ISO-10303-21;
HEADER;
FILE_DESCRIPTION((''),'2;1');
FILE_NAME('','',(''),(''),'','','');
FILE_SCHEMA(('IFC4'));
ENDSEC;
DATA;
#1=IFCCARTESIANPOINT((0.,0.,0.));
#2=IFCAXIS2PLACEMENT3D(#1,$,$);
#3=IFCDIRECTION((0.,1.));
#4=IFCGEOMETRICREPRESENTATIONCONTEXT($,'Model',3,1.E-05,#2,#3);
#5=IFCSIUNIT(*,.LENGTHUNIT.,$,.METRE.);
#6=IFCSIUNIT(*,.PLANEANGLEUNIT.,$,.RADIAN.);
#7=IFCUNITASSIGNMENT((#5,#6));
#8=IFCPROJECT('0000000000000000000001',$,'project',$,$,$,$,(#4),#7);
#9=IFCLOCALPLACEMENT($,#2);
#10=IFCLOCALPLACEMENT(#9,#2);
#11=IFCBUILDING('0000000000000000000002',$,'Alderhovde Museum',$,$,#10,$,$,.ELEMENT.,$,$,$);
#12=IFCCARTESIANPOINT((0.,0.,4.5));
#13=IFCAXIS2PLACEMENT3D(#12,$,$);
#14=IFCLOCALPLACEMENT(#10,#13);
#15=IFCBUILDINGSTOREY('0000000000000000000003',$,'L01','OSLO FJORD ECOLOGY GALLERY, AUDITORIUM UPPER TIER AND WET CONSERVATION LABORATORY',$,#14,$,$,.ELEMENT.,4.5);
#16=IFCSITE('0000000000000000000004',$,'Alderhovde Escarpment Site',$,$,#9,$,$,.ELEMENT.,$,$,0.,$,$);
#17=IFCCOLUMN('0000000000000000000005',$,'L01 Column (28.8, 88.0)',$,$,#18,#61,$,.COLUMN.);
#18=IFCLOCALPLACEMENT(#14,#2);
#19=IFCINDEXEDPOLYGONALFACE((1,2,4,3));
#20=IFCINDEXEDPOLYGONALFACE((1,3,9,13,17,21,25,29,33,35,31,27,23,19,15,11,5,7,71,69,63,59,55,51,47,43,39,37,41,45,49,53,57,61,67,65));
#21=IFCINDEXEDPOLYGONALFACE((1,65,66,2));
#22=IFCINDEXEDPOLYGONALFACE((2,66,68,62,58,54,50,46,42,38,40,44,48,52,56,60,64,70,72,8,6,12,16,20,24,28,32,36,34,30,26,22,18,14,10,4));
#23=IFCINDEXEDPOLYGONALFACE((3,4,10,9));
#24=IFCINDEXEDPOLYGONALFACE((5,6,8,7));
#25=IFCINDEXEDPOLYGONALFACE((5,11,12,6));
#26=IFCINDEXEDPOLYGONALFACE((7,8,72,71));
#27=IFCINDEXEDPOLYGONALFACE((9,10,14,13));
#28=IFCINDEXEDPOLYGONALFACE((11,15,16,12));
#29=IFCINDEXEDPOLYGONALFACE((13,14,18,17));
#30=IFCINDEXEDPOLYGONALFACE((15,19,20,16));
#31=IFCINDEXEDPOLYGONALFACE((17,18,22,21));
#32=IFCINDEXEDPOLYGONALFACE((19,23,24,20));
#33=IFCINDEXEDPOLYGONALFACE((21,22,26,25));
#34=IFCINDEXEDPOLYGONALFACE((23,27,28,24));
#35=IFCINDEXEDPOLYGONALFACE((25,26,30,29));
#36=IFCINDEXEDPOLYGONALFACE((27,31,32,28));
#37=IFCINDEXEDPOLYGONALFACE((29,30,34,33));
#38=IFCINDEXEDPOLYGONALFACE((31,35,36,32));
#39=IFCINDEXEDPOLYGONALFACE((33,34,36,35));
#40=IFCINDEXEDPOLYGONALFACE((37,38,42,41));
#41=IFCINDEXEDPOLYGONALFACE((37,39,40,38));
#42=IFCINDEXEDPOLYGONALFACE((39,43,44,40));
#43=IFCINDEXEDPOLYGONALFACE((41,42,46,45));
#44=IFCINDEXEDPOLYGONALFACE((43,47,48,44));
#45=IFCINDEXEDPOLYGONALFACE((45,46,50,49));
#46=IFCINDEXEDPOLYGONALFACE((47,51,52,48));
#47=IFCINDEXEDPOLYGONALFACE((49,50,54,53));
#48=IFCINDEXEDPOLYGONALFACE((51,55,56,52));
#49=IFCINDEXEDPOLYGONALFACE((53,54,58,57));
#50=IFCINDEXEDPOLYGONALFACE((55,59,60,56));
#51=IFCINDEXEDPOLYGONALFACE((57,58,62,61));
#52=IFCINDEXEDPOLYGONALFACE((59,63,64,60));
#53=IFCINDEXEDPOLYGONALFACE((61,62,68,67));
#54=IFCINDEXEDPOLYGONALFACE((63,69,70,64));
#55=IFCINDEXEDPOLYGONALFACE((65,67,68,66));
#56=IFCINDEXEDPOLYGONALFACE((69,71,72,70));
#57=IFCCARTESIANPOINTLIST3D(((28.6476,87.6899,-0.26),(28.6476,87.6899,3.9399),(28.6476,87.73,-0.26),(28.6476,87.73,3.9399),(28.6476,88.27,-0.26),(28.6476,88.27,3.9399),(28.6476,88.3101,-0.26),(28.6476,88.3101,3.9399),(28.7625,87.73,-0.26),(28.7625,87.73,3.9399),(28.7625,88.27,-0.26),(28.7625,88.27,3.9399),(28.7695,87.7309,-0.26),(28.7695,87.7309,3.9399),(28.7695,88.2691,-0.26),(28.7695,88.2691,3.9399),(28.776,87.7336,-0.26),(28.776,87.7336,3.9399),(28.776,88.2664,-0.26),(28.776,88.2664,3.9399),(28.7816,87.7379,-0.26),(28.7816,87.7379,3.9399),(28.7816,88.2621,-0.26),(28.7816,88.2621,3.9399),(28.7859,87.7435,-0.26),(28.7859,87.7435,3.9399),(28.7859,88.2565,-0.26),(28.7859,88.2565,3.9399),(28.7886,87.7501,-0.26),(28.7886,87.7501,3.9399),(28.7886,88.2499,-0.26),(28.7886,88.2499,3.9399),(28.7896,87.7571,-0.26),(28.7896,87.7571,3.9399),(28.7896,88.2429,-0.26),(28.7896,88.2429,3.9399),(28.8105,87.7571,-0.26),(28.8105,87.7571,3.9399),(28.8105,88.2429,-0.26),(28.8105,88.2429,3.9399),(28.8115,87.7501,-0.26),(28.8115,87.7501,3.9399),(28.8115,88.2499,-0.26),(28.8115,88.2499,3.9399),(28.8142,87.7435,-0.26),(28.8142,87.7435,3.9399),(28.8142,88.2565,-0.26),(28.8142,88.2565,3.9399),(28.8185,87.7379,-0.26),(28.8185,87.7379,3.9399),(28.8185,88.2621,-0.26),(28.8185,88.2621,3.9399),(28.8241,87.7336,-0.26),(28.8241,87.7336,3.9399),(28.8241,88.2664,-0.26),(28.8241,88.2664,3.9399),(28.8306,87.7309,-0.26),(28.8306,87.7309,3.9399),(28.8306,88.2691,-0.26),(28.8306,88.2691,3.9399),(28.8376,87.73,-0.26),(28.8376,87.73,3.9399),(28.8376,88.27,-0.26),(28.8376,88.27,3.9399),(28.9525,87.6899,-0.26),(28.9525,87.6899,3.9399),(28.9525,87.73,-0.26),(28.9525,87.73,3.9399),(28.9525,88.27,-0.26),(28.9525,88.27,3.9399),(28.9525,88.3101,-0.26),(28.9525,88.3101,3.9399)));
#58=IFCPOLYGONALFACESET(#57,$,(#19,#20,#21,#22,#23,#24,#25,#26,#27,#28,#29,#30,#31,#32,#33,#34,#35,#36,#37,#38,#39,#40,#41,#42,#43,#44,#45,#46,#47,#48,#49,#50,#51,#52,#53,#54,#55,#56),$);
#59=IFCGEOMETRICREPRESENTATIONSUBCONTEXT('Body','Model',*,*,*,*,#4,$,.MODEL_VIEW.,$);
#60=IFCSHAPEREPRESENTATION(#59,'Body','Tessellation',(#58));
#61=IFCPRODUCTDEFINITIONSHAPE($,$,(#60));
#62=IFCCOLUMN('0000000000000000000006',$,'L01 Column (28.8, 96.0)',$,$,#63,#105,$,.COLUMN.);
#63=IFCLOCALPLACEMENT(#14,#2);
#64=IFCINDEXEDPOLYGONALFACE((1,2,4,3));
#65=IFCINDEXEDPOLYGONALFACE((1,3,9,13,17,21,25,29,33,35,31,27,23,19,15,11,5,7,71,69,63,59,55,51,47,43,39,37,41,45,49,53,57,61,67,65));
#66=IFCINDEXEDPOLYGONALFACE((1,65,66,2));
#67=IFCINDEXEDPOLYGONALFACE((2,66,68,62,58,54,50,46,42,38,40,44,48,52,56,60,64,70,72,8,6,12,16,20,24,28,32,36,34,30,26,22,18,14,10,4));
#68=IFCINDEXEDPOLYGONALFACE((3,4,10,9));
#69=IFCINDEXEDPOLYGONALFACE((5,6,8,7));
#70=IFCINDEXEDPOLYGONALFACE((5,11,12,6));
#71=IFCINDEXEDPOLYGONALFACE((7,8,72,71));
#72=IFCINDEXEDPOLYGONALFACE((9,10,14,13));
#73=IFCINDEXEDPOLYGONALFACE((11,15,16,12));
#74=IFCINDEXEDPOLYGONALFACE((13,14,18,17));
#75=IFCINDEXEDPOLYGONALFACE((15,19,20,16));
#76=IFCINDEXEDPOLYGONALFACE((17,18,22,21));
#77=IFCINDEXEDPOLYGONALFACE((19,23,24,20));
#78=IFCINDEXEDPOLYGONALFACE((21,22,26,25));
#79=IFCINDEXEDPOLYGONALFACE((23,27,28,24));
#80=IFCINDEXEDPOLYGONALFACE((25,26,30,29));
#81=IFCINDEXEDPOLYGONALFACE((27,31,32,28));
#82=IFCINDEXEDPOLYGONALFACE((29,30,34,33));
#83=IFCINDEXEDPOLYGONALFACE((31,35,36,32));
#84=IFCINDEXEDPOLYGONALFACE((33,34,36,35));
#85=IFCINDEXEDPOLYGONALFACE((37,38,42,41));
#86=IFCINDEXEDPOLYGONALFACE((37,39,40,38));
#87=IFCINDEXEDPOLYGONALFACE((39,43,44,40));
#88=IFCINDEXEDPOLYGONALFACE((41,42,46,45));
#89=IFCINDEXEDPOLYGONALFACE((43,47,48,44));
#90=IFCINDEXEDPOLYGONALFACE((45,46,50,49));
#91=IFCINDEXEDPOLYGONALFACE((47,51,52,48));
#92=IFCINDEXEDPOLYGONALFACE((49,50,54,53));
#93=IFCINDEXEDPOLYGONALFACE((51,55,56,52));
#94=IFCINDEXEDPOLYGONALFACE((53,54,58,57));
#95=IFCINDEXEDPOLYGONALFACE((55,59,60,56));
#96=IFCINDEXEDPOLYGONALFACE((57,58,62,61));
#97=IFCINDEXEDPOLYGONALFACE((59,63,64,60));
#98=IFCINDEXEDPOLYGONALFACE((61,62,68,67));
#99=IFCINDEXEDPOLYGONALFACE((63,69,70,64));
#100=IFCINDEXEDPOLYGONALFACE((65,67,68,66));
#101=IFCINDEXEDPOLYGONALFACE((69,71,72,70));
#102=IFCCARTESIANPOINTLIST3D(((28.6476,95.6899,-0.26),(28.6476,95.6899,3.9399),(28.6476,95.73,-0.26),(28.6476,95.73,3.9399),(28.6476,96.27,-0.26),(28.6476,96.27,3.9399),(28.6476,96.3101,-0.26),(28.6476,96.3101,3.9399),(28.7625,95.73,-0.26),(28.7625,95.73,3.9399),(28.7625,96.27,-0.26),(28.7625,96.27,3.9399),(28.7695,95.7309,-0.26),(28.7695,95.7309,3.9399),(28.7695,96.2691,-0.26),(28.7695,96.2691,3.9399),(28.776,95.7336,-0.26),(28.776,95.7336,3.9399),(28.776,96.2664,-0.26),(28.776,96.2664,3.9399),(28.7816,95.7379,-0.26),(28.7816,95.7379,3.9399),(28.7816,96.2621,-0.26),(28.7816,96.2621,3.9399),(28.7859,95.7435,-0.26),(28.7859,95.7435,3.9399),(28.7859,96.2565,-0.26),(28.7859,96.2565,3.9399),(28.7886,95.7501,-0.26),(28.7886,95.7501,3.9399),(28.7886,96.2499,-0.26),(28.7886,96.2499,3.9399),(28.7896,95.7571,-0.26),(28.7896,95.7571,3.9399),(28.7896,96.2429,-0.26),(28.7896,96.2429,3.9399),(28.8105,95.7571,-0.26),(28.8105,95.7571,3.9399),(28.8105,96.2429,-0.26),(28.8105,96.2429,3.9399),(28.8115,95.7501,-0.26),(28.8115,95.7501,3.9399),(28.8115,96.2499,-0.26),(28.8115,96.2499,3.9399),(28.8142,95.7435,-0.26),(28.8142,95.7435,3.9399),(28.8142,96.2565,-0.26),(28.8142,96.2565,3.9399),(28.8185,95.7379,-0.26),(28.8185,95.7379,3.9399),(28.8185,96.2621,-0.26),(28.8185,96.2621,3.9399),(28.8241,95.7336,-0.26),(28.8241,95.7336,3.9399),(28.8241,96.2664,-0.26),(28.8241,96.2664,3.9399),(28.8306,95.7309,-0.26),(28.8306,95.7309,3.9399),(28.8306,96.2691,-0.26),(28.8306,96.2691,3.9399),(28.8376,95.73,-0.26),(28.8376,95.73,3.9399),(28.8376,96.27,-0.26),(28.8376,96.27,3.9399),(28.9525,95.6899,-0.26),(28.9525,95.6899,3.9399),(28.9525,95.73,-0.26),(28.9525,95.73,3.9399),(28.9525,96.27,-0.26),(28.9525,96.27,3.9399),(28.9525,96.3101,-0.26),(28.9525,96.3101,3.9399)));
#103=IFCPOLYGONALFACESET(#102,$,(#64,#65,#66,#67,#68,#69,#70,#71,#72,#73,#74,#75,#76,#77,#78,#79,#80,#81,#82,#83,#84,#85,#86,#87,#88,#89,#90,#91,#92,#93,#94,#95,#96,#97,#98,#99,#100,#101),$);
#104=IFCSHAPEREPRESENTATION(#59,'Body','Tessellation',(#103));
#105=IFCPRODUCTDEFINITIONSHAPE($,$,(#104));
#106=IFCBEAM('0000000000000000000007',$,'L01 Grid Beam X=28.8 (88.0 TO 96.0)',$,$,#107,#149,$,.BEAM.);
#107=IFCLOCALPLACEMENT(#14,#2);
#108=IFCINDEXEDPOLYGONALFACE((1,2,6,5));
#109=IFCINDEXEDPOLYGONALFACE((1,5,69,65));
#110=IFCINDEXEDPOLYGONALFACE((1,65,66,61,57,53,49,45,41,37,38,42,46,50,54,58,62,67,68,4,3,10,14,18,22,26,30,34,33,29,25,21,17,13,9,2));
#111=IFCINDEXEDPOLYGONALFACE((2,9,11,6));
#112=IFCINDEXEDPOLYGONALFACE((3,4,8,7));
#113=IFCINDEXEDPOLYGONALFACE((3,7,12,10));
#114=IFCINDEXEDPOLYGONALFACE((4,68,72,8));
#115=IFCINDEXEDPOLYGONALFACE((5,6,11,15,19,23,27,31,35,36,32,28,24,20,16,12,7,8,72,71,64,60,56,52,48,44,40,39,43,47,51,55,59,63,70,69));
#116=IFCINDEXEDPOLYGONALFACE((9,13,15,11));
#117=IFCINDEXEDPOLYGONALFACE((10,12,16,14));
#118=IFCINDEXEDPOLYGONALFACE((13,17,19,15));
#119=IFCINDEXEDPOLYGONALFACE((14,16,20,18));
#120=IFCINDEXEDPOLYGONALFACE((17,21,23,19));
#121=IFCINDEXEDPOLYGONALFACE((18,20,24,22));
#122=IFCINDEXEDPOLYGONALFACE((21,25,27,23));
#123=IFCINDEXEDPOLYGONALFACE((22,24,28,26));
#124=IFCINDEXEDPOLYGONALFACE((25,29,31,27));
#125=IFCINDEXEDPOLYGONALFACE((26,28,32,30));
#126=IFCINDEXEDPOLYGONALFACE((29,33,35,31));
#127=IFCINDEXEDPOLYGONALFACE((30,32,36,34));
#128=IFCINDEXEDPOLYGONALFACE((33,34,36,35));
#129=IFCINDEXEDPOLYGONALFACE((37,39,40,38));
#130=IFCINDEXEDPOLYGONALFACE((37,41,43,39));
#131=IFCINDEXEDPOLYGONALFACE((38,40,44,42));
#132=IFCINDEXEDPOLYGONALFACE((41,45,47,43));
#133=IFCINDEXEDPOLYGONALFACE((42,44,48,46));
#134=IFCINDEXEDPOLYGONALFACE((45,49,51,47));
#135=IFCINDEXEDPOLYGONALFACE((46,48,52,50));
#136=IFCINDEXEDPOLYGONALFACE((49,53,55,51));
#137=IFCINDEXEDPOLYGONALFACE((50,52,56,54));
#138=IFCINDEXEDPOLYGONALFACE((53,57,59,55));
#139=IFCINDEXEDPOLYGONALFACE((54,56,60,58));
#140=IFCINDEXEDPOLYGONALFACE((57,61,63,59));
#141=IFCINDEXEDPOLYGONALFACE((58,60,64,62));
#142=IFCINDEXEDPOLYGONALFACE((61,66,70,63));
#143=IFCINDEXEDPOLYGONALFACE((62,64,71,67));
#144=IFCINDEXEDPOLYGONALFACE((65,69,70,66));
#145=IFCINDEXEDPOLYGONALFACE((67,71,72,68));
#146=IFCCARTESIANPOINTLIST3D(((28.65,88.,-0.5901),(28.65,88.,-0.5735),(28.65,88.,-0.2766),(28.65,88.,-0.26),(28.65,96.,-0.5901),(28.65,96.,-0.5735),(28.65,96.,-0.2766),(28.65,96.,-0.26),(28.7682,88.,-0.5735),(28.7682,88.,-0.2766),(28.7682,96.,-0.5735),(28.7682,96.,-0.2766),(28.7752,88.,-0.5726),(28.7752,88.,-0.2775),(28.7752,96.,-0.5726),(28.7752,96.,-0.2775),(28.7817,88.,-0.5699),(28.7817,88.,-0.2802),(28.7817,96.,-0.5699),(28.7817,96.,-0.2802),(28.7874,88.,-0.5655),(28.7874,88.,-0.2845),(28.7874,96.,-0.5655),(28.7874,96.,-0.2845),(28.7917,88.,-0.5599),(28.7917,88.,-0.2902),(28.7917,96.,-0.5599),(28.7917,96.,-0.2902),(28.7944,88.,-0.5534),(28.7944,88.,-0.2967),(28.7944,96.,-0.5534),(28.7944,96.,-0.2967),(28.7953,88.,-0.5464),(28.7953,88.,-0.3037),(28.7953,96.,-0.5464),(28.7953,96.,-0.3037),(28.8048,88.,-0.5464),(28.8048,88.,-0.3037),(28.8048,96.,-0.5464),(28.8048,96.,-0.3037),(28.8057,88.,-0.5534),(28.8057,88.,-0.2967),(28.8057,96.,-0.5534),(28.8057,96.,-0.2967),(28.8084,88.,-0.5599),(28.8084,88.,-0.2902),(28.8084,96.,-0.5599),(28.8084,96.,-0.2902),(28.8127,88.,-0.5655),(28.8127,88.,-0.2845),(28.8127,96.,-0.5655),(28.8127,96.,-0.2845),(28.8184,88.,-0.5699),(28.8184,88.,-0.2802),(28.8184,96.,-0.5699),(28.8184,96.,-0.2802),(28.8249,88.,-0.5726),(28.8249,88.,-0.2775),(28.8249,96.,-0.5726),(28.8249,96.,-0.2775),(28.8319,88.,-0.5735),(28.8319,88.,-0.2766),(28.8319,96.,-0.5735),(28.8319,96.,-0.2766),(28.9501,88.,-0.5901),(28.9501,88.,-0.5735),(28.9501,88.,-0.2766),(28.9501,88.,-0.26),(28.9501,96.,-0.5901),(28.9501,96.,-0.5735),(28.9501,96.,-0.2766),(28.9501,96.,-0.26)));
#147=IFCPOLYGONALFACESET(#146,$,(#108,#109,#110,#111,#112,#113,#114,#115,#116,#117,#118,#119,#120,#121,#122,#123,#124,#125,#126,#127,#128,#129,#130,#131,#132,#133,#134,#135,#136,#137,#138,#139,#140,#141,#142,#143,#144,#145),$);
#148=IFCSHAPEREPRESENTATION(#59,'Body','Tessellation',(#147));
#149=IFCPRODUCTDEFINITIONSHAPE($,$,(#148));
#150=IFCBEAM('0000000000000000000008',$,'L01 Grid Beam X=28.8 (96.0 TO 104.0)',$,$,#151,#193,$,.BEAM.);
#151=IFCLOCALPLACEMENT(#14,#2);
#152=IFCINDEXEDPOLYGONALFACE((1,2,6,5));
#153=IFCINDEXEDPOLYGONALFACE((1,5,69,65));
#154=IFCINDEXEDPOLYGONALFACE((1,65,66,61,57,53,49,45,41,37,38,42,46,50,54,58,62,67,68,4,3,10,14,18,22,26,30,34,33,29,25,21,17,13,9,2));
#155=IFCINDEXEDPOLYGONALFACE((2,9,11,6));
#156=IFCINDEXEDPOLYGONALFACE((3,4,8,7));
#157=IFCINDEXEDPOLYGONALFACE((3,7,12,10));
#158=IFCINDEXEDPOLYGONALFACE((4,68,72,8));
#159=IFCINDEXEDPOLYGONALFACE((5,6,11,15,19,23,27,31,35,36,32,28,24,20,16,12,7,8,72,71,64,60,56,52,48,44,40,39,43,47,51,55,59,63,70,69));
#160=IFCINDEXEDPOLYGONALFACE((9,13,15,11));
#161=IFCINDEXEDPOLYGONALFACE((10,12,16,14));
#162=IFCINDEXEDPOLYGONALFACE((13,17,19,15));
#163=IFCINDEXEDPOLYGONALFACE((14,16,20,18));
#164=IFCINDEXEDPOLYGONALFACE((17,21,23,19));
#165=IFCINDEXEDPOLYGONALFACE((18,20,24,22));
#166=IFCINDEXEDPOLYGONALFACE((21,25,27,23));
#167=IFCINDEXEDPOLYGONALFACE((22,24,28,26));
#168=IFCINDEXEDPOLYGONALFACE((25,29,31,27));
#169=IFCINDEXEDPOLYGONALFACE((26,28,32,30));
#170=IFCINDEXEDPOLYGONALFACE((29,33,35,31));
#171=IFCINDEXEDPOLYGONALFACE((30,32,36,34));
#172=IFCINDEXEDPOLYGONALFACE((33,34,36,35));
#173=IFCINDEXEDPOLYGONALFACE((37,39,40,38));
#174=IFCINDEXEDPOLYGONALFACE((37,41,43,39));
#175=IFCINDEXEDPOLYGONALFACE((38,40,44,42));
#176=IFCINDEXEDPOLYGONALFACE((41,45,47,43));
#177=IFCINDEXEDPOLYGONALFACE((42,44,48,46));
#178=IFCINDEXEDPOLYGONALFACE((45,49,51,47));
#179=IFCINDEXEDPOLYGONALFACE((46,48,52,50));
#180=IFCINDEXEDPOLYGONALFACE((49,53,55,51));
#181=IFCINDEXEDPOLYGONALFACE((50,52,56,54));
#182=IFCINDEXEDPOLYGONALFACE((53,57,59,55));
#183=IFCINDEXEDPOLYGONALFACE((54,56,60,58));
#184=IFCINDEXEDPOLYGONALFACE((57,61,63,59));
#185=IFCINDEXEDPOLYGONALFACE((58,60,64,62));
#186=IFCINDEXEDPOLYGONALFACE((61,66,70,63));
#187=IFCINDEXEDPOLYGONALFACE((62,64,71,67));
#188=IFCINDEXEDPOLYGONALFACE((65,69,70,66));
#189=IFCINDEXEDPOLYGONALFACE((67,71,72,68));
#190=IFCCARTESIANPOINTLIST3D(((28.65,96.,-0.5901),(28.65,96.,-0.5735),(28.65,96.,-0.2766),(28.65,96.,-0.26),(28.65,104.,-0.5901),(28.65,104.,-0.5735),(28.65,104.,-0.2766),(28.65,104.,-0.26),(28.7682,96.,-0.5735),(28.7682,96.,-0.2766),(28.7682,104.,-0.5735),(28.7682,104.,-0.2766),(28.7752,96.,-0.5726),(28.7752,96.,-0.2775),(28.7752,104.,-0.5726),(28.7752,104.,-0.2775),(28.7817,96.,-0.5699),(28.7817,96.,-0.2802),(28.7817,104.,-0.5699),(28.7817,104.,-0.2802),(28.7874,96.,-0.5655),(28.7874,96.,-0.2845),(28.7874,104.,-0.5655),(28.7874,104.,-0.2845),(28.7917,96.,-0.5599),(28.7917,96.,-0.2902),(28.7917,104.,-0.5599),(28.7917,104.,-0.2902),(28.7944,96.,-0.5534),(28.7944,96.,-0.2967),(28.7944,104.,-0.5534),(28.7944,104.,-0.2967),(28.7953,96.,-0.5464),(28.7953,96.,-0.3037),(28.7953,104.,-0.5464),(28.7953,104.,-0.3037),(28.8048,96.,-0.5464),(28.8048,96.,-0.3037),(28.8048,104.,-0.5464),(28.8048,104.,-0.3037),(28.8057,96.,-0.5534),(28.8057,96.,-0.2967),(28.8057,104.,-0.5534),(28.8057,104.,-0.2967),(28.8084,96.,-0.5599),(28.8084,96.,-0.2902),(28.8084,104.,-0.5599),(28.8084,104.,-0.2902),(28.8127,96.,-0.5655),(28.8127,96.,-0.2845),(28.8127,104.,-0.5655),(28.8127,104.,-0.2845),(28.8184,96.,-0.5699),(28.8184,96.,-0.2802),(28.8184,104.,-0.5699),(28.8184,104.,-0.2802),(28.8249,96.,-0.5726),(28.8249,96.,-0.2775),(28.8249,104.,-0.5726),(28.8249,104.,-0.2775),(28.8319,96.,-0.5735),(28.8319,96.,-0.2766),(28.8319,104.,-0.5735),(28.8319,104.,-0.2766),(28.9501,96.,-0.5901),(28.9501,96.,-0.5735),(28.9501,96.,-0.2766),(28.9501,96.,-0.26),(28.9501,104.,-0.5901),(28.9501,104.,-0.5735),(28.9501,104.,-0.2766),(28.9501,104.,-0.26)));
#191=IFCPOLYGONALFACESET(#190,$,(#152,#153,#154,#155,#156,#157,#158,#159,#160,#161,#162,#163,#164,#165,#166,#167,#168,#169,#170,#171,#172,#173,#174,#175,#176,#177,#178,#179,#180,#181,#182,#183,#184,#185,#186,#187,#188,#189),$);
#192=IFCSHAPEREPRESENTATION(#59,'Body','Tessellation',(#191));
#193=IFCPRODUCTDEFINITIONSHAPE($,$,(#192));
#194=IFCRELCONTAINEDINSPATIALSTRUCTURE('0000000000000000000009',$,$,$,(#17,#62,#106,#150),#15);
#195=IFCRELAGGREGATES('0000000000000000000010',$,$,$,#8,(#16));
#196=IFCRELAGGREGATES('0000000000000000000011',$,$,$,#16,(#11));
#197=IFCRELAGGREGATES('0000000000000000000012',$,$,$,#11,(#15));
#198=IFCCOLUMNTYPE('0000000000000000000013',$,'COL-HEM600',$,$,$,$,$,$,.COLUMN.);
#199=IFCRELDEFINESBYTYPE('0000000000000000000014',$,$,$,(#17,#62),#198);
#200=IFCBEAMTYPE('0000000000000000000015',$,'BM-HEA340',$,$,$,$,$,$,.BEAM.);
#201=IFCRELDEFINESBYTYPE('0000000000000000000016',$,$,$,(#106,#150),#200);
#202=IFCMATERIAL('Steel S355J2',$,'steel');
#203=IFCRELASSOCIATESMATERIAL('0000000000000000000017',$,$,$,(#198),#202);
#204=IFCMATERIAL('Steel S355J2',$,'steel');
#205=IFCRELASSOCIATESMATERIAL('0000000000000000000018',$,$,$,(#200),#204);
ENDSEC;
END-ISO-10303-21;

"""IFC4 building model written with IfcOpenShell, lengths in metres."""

from ifc_helpers import new_model, si_unit, direction, frame, origin, origin_2d, place, context, subcontext, project, spatial, i_section, extrude, material, material_profile, profile_set, type_object, element, save


model = new_model("IFC4")

# Units and contexts
model_context = context("Model", 3, precision=1e-05, world=origin(), true_north=direction((0.0, 1.0)))
body_context = subcontext(model_context, "Body", "Model", "MODEL_VIEW")
ifc_project = project(units=[si_unit("LENGTHUNIT", "METRE"), si_unit("PLANEANGLEUNIT", "RADIAN")], contexts=[model_context])

# Site, building, storey
site_placement = place(None, origin())
site = spatial("IfcSite", under=ifc_project, at=site_placement, Name="Alderhovde Escarpment Site", CompositionType="ELEMENT", RefElevation=0.0)
building_placement = place(site_placement, origin())
building = spatial("IfcBuilding", under=site, at=building_placement, Name="Alderhovde Museum", CompositionType="ELEMENT")
storey_placement = place(building_placement, frame((0.0, 0.0, 4.5)))
storey = spatial("IfcBuildingStorey", under=building, at=storey_placement, Name="L01", Description="OSLO FJORD ECOLOGY GALLERY, AUDITORIUM UPPER TIER AND WET CONSERVATION LABORATORY", CompositionType="ELEMENT", Elevation=4.5)

# Columns
ifc_material_1 = material(Name="Steel S355J2", Category="steel")
ifc_material_profile_1 = material_profile(ifc_material_1, i_section(OverallWidth=0.3049, OverallDepth=0.6201, WebThickness=0.021, FlangeThickness=0.04, FilletRadius=0.0271, at=origin_2d()), Name="HEM 600")
ifc_profile_set_1 = profile_set([ifc_material_profile_1], Name="Steel S355J2")
column_type_1 = type_object("IfcColumnType", Name="COL-HEM600", PredefinedType="COLUMN", material=ifc_profile_set_1)
for number, where, z_axis, x_axis, name in (
    (1, (28.8, 88.0, -0.26), (0.0, 0.0, 1.0), (1.0, 0.0, 0.0), "L01 Column (28.8, 88.0)"),
    (2, (28.8, 96.0, -0.26), (0.0, 0.0, 1.0), (1.0, 0.0, 0.0), "L01 Column (28.8, 96.0)"),
):
    element("IfcColumn", number, at=place(storey_placement, frame(where, z_axis=z_axis, x_axis=x_axis)), inside=storey, type_object=column_type_1, Name=name, PredefinedType="COLUMN", context=body_context, shape_type="SweptSolid", body=[
        extrude(i_section(OverallWidth=0.3049, OverallDepth=0.6201, WebThickness=0.021, FlangeThickness=0.04, FilletRadius=0.0271, at=origin_2d()), origin(), (0.0, 0.0, 1.0), 4.2),
    ])

# Beams
ifc_material_2 = material(Name="Steel S355J2", Category="steel")
ifc_material_profile_2 = material_profile(ifc_material_2, i_section(OverallWidth=0.3, OverallDepth=0.3301, WebThickness=0.0095, FlangeThickness=0.0166, FilletRadius=0.0271, at=origin_2d()), Name="HEA 340")
ifc_profile_set_2 = profile_set([ifc_material_profile_2], Name="Steel S355J2")
beam_type_1 = type_object("IfcBeamType", Name="BM-HEA340", PredefinedType="BEAM", material=ifc_profile_set_2)
for number, where, z_axis, x_axis, name in (
    (3, (28.8, 88.0, -0.425), (0.0, 1.0, 0.0), (-1.0, 0.0, 0.0), "L01 Grid Beam X=28.8 (88.0 TO 96.0)"),
    (4, (28.8, 96.0, -0.425), (0.0, 1.0, 0.0), (-1.0, 0.0, 0.0), "L01 Grid Beam X=28.8 (96.0 TO 104.0)"),
):
    element("IfcBeam", number, at=place(storey_placement, frame(where, z_axis=z_axis, x_axis=x_axis)), inside=storey, type_object=beam_type_1, Name=name, PredefinedType="BEAM", context=body_context, shape_type="SweptSolid", body=[
        extrude(i_section(OverallWidth=0.3, OverallDepth=0.3301, WebThickness=0.0095, FlangeThickness=0.0166, FilletRadius=0.0271, at=origin_2d()), origin(), (0.0, 0.0, 1.0), 8.0),
    ])

save(model, "model.ifc")
